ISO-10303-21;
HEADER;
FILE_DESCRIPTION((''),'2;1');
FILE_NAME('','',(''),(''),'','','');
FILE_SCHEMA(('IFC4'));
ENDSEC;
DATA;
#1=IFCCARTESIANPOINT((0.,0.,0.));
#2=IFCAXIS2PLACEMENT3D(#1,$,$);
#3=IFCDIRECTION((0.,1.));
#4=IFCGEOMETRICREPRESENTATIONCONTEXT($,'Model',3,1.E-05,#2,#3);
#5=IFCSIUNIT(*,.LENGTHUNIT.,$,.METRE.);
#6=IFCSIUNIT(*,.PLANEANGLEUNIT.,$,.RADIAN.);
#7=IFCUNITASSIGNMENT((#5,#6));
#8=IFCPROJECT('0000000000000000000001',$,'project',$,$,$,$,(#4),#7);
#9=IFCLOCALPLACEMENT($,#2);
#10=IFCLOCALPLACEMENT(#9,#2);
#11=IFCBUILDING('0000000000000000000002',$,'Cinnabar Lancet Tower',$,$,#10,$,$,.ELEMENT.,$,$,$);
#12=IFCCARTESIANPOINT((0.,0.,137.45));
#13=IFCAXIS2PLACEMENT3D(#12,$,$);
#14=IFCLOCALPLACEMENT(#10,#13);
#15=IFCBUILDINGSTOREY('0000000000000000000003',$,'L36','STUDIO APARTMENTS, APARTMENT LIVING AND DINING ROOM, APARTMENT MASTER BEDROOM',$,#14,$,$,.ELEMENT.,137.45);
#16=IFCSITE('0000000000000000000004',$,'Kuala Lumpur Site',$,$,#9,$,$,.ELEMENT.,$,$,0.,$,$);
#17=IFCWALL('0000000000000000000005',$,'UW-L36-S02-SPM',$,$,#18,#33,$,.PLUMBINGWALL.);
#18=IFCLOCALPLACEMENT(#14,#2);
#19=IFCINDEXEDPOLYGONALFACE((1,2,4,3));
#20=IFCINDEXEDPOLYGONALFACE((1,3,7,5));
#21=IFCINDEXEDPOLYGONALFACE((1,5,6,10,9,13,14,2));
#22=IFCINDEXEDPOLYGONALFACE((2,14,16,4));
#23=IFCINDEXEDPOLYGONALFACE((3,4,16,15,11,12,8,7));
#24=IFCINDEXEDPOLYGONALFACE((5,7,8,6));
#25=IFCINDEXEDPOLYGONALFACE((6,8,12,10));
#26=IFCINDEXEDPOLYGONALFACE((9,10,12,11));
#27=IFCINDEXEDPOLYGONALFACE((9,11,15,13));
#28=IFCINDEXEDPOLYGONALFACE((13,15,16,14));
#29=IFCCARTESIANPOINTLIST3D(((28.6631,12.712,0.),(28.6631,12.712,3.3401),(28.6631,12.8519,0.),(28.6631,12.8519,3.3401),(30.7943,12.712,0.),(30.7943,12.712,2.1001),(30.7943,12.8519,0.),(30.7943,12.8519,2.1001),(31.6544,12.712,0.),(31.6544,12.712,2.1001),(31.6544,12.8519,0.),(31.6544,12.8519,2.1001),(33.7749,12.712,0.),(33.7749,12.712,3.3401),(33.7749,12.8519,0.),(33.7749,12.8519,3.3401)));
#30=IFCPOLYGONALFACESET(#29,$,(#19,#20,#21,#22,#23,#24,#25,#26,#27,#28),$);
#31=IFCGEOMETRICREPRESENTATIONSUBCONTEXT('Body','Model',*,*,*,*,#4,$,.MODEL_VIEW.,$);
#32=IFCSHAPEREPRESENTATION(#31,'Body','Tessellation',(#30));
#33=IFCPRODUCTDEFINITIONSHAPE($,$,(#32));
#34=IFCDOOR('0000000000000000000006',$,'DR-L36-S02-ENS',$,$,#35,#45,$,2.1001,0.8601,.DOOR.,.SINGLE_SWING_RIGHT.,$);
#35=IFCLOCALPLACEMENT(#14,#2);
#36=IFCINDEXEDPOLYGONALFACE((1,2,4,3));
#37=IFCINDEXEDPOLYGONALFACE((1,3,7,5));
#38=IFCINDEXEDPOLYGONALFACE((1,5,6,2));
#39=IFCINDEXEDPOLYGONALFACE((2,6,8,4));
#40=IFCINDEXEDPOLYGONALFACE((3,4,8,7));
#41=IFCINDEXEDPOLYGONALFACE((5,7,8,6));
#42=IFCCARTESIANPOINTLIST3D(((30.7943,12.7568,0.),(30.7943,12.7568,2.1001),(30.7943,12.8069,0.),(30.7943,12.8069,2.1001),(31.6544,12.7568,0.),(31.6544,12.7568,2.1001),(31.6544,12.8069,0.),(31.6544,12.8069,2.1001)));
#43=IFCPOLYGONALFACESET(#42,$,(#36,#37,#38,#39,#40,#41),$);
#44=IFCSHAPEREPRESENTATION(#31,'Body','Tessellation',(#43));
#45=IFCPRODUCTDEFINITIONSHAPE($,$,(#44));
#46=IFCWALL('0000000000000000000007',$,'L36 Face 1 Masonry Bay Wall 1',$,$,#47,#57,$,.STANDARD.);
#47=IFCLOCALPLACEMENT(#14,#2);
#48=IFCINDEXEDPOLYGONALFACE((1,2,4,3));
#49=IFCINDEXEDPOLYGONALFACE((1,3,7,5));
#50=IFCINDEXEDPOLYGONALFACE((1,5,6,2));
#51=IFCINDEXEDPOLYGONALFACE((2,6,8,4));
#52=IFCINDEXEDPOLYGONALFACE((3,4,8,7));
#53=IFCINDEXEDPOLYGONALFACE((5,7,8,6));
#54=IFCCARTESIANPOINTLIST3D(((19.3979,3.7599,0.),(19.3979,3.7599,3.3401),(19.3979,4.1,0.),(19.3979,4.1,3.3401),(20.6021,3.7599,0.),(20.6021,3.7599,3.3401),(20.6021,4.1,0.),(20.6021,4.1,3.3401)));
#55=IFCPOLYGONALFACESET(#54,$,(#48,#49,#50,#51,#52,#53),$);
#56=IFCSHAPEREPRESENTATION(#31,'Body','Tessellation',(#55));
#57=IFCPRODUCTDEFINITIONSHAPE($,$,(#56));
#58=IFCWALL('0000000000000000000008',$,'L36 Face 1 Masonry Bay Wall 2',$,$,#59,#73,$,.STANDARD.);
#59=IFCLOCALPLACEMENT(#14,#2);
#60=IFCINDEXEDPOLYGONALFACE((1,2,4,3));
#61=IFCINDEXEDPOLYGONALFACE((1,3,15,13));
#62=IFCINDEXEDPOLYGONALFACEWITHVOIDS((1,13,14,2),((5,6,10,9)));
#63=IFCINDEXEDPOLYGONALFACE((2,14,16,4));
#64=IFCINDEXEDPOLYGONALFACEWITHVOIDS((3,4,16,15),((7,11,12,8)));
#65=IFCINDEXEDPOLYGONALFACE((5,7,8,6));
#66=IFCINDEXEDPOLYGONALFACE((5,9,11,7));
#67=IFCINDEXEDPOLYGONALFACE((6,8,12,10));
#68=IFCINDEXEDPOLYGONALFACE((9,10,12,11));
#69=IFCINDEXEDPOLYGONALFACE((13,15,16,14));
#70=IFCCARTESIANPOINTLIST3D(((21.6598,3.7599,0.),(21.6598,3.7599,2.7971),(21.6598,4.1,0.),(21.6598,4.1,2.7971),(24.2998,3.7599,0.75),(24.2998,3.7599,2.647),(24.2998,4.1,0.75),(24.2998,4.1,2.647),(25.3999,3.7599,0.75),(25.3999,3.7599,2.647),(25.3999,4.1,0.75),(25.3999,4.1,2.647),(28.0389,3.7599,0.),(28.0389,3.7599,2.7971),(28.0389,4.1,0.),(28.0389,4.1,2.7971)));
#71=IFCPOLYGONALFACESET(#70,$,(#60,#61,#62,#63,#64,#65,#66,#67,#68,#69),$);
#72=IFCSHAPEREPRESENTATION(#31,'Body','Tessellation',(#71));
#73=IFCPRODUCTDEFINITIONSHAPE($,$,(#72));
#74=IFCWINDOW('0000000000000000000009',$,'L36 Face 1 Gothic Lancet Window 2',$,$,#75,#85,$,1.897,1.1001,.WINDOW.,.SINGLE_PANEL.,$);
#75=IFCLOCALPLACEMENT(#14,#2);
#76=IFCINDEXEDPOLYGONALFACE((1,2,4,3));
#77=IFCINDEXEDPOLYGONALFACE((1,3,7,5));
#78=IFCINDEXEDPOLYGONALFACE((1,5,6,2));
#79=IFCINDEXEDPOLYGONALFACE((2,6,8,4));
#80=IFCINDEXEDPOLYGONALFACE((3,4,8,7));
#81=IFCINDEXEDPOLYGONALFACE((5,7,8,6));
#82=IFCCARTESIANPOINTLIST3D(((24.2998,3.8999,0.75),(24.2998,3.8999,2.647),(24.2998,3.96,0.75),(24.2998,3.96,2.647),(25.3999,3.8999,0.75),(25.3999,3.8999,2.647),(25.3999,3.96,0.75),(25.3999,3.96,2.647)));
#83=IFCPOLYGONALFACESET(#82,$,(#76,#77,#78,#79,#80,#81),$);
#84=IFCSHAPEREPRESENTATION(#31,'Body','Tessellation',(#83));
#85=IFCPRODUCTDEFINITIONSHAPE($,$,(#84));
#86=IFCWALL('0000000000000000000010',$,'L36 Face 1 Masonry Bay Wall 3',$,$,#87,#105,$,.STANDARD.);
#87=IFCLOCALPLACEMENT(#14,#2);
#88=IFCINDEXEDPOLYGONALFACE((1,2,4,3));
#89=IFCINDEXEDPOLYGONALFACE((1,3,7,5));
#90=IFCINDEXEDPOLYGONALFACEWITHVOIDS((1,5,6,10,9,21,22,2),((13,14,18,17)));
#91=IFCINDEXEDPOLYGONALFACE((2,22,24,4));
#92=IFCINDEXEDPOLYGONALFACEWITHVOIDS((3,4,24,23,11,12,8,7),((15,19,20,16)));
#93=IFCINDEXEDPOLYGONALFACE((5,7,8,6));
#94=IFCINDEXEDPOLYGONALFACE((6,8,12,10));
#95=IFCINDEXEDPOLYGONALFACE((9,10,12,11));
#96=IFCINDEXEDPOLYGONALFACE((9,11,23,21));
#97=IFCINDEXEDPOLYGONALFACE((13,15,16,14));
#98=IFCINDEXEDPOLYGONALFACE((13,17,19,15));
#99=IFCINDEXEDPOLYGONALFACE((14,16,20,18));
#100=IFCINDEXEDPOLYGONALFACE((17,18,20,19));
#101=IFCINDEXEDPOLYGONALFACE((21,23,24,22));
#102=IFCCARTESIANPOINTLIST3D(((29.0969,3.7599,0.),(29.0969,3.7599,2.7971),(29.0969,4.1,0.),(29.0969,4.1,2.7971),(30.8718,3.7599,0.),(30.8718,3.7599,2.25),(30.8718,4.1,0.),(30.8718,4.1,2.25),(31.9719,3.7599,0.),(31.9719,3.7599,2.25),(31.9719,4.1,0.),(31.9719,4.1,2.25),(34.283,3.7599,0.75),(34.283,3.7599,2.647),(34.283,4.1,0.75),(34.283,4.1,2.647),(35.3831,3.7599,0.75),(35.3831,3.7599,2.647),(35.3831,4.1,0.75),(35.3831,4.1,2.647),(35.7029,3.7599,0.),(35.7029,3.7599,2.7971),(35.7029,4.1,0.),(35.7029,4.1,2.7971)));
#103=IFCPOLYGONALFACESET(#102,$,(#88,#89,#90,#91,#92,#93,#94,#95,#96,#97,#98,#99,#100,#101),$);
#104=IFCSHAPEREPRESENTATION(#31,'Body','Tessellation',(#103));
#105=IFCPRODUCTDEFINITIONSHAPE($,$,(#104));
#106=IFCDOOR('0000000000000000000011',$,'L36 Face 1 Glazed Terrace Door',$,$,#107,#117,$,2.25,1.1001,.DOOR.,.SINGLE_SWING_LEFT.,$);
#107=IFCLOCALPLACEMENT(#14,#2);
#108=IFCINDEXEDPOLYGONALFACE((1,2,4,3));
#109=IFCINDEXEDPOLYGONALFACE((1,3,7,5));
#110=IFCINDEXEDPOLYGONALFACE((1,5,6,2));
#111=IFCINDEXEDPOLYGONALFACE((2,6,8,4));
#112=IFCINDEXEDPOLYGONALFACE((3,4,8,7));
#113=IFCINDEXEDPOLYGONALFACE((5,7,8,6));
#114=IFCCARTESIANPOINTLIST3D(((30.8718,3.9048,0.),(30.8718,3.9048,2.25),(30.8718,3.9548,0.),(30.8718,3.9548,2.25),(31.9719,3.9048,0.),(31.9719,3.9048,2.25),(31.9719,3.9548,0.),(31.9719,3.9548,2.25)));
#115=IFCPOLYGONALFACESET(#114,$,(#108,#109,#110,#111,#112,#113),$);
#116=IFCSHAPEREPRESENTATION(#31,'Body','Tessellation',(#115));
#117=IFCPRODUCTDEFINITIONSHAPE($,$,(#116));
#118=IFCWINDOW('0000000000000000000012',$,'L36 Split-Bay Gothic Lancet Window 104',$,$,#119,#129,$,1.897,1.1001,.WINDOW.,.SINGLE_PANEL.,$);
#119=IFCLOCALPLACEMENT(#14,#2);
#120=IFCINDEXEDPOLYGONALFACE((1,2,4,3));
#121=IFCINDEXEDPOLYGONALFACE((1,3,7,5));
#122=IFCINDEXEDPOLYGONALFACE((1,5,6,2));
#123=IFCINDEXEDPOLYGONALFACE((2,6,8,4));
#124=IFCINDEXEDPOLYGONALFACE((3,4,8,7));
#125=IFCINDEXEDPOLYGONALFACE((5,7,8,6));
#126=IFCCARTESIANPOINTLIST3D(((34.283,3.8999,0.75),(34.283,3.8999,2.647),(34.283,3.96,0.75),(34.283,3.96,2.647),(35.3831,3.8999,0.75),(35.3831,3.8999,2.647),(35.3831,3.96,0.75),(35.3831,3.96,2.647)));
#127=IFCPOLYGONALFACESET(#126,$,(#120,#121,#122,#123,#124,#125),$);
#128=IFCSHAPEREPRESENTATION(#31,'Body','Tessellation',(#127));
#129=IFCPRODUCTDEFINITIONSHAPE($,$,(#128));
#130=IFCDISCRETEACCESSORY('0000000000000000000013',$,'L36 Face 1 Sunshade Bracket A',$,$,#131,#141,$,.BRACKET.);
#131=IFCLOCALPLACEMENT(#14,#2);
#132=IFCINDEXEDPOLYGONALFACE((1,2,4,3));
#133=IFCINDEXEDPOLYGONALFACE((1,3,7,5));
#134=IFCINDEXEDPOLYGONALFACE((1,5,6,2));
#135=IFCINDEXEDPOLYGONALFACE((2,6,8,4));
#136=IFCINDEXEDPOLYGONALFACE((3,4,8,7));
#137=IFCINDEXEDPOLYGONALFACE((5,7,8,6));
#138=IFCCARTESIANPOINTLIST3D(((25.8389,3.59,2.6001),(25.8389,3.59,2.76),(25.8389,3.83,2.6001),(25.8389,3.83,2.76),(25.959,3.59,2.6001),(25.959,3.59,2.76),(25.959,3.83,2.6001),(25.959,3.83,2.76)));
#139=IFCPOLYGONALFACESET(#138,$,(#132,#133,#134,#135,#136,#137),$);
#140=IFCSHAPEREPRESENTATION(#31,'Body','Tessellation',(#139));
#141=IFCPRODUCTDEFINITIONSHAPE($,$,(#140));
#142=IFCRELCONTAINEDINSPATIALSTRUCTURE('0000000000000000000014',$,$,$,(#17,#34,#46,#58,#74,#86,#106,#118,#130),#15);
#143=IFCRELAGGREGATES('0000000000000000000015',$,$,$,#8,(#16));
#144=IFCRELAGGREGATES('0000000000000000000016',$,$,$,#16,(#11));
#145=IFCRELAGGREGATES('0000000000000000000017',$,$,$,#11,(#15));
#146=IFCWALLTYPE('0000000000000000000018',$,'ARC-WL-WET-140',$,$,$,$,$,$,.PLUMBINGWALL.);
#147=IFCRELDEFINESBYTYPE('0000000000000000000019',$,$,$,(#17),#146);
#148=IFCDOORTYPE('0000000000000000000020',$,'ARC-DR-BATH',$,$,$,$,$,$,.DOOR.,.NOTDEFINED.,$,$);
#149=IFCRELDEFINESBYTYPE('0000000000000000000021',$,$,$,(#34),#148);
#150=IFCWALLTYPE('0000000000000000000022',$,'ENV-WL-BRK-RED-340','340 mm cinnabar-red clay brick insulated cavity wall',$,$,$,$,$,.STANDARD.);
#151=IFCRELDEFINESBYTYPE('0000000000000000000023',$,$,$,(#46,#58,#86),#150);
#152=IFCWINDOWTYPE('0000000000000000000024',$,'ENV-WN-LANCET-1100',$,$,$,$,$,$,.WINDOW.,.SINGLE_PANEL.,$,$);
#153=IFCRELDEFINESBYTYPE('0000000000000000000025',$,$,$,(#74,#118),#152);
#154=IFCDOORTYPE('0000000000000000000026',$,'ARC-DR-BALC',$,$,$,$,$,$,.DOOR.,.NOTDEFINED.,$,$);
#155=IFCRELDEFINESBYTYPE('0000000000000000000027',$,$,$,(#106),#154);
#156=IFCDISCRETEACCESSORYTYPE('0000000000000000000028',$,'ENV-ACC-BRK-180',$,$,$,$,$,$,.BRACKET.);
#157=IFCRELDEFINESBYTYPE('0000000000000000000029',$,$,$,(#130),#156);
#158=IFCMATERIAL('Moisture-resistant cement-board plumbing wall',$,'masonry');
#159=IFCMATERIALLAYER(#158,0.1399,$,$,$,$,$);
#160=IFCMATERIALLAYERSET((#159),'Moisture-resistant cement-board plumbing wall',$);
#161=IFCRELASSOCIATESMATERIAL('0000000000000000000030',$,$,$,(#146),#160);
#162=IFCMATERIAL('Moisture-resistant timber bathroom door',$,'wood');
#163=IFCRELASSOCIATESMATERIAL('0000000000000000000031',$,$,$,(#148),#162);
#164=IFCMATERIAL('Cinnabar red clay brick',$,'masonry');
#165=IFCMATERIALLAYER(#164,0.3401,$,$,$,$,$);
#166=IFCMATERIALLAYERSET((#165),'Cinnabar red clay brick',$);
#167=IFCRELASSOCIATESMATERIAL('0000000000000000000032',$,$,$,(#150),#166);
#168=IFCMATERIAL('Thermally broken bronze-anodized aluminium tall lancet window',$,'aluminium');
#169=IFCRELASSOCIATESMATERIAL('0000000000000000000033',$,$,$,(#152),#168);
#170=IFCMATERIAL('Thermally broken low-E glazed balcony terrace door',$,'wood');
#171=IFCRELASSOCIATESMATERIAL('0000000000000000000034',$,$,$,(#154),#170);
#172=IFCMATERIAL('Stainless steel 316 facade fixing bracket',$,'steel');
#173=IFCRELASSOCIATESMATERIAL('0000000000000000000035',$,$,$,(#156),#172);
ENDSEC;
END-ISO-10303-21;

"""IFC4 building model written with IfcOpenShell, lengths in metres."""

from ifc_helpers import new_model, si_unit, direction, frame, frame_2d, origin, origin_2d, place, context, subcontext, project, spatial, rectangle, extrude, material, layer, layer_set, type_object, element, fill, save


model = new_model("IFC4")

# Units and contexts
model_context = context("Model", 3, precision=1e-05, world=origin(), true_north=direction((0.0, 1.0)))
body_context = subcontext(model_context, "Body", "Model", "MODEL_VIEW")
ifc_project = project(units=[si_unit("LENGTHUNIT", "METRE"), si_unit("PLANEANGLEUNIT", "RADIAN")], contexts=[model_context])

# Site, building, storey
site_placement = place(None, origin())
site = spatial("IfcSite", under=ifc_project, at=site_placement, Name="Kuala Lumpur Site", CompositionType="ELEMENT", RefElevation=0.0)
building_placement = place(site_placement, origin())
building = spatial("IfcBuilding", under=site, at=building_placement, Name="Cinnabar Lancet Tower", CompositionType="ELEMENT")
storey_placement = place(building_placement, frame((0.0, 0.0, 137.45)))
storey = spatial("IfcBuildingStorey", under=building, at=storey_placement, Name="L36", Description="STUDIO APARTMENTS, APARTMENT LIVING AND DINING ROOM, APARTMENT MASTER BEDROOM", CompositionType="ELEMENT", Elevation=137.45)

# Shared definitions
ifc_material_1 = material(Name="Moisture-resistant cement-board plumbing wall", Category="masonry")
ifc_layer_1 = layer(ifc_material_1, 0.1399)
ifc_layer_set_1 = layer_set([ifc_layer_1], Name="Moisture-resistant cement-board plumbing wall")
wall_type_1 = type_object("IfcWallType", Name="ARC-WL-WET-140", PredefinedType="PLUMBINGWALL", material=ifc_layer_set_1)
ifc_material_2 = material(Name="Moisture-resistant timber bathroom door", Category="wood")
door_type_1 = type_object("IfcDoorType", Name="ARC-DR-BATH", OperationType="NOTDEFINED", PredefinedType="DOOR", material=ifc_material_2)

# Wall, opening, door
wall_1_placement = place(storey_placement, frame((28.6631, 12.782, 0.0), z_axis=(0.0, 0.0, 1.0), x_axis=(1.0, 0.0, 0.0)))
wall_1 = element("IfcWall", 1, at=wall_1_placement, inside=storey, type_object=wall_type_1, Name="UW-L36-S02-SPM", PredefinedType="PLUMBINGWALL", context=body_context, shape_type="SweptSolid", body=[
    extrude(rectangle(XDim=5.1118, YDim=0.1399, at=frame_2d((2.5559, 0.0))), origin(), (0.0, 0.0, 1.0), 3.3401),
])
opening_1_placement = place(wall_1_placement, frame((2.1311, 0.0, 0.0)))
opening_1 = element("IfcOpeningElement", 2, at=opening_1_placement, cuts=wall_1, PredefinedType="OPENING", context=body_context, shape_type="SweptSolid", body=[
    extrude(rectangle(XDim=0.8601, YDim=2.1001, at=frame_2d((0.4302, 1.05))), frame((0.0, 0.0798, 0.0), z_axis=(0.0, -1.0, 0.0), x_axis=(1.0, 0.0, 0.0)), (0.0, 0.0, 1.0), 0.1599),
])
door_1_placement = place(opening_1_placement, origin())
door_1 = element("IfcDoor", 3, at=door_1_placement, inside=storey, type_object=door_type_1, Name="DR-L36-S02-ENS", OperationType="SINGLE_SWING_RIGHT", OverallHeight=2.1001, OverallWidth=0.8601, PredefinedType="DOOR", context=body_context, shape_type="SweptSolid", body=[
    extrude(rectangle(XDim=0.8601, YDim=2.1001, at=frame_2d((0.4302, 1.05))), frame((0.0, 0.0249, 0.0), z_axis=(0.0, -1.0, 0.0), x_axis=(1.0, 0.0, 0.0)), (0.0, 0.0, 1.0), 0.05),
])
fill(opening_1, door_1)

# Wall
ifc_material_3 = material(Name="Cinnabar red clay brick", Category="masonry")
ifc_layer_2 = layer(ifc_material_3, 0.3401)
ifc_layer_set_2 = layer_set([ifc_layer_2], Name="Cinnabar red clay brick")
wall_type_2 = type_object("IfcWallType", Name="ENV-WL-BRK-RED-340", Description="340 mm cinnabar-red clay brick insulated cavity wall", PredefinedType="STANDARD", material=ifc_layer_set_2)
wall_2_placement = place(storey_placement, frame((19.3979, 3.9299, 0.0), z_axis=(0.0, 0.0, 1.0), x_axis=(1.0, 0.0, 0.0)))
element("IfcWall", 4, at=wall_2_placement, inside=storey, type_object=wall_type_2, Name="L36 Face 1 Masonry Bay Wall 1", PredefinedType="STANDARD", context=body_context, shape_type="SweptSolid", body=[
    extrude(rectangle(XDim=1.2041, YDim=0.3401, at=frame_2d((0.6021, 0.0))), origin(), (0.0, 0.0, 1.0), 3.3401),
])

# Wall, opening, window
wall_3_placement = place(storey_placement, frame((21.6599, 3.9299, 0.0), z_axis=(0.0, 0.0, 1.0), x_axis=(1.0, 0.0, 0.0)))
wall_3 = element("IfcWall", 5, at=wall_3_placement, inside=storey, type_object=wall_type_2, Name="L36 Face 1 Masonry Bay Wall 2", PredefinedType="STANDARD", context=body_context, shape_type="SweptSolid", body=[
    extrude(rectangle(XDim=6.3792, YDim=0.3401, at=frame_2d((3.1895, 0.0))), origin(), (0.0, 0.0, 1.0), 2.7971),
])
opening_2_placement = place(wall_3_placement, frame((2.6399, 0.0, 0.75)))
opening_2 = element("IfcOpeningElement", 6, at=opening_2_placement, cuts=wall_3, PredefinedType="OPENING", context=body_context, shape_type="SweptSolid", body=[
    extrude(rectangle(XDim=1.1001, YDim=1.897, at=frame_2d((0.55, 0.9485))), frame((0.0, 0.1799, 0.0), z_axis=(0.0, -1.0, 0.0), x_axis=(1.0, 0.0, 0.0)), (0.0, 0.0, 1.0), 0.3601),
])
ifc_material_4 = material(Name="Thermally broken bronze-anodized aluminium tall lancet window", Category="aluminium")
window_type = type_object("IfcWindowType", Name="ENV-WN-LANCET-1100", PartitioningType="SINGLE_PANEL", PredefinedType="WINDOW", material=ifc_material_4)
window_1_placement = place(opening_2_placement, origin())
window_1 = element("IfcWindow", 7, at=window_1_placement, inside=storey, type_object=window_type, Name="L36 Face 1 Gothic Lancet Window 2", OverallHeight=1.897, OverallWidth=1.1001, PartitioningType="SINGLE_PANEL", PredefinedType="WINDOW", context=body_context, shape_type="SweptSolid", body=[
    extrude(rectangle(XDim=1.1001, YDim=1.897, at=frame_2d((0.55, 0.9485))), frame((0.0, 0.03, 0.0), z_axis=(0.0, -1.0, 0.0), x_axis=(1.0, 0.0, 0.0)), (0.0, 0.0, 1.0), 0.0601),
])
fill(opening_2, window_1)

# Wall, openings, door, window
wall_4_placement = place(storey_placement, frame((29.0969, 3.9299, 0.0), z_axis=(0.0, 0.0, 1.0), x_axis=(1.0, 0.0, 0.0)))
wall_4 = element("IfcWall", 8, at=wall_4_placement, inside=storey, type_object=wall_type_2, Name="L36 Face 1 Masonry Bay Wall 3", PredefinedType="STANDARD", context=body_context, shape_type="SweptSolid", body=[
    extrude(rectangle(XDim=6.606, YDim=0.3401, at=frame_2d((3.303, 0.0))), origin(), (0.0, 0.0, 1.0), 2.7971),
])
opening_3_placement = place(wall_4_placement, frame((1.7749, 0.0, 0.0)))
opening_3 = element("IfcOpeningElement", 9, at=opening_3_placement, cuts=wall_4, PredefinedType="OPENING", context=body_context, shape_type="SweptSolid", body=[
    extrude(rectangle(XDim=1.1001, YDim=2.25, at=frame_2d((0.55, 1.125))), frame((0.0, 0.1799, 0.0), z_axis=(0.0, -1.0, 0.0), x_axis=(1.0, 0.0, 0.0)), (0.0, 0.0, 1.0), 0.3601),
])
opening_4_placement = place(wall_4_placement, frame((5.186, 0.0, 0.75)))
opening_4 = element("IfcOpeningElement", 10, at=opening_4_placement, cuts=wall_4, PredefinedType="OPENING", context=body_context, shape_type="SweptSolid", body=[
    extrude(rectangle(XDim=1.1001, YDim=1.897, at=frame_2d((0.55, 0.9485))), frame((0.0, 0.1799, 0.0), z_axis=(0.0, -1.0, 0.0), x_axis=(1.0, 0.0, 0.0)), (0.0, 0.0, 1.0), 0.3601),
])
ifc_material_5 = material(Name="Thermally broken low-E glazed balcony terrace door", Category="wood")
door_type_2 = type_object("IfcDoorType", Name="ARC-DR-BALC", OperationType="NOTDEFINED", PredefinedType="DOOR", material=ifc_material_5)
door_2_placement = place(opening_3_placement, origin())
door_2 = element("IfcDoor", 11, at=door_2_placement, inside=storey, type_object=door_type_2, Name="L36 Face 1 Glazed Terrace Door", OperationType="SINGLE_SWING_LEFT", OverallHeight=2.25, OverallWidth=1.1001, PredefinedType="DOOR", context=body_context, shape_type="SweptSolid", body=[
    extrude(rectangle(XDim=1.1001, YDim=2.25, at=frame_2d((0.55, 1.125))), frame((0.0, 0.0249, 0.0), z_axis=(0.0, -1.0, 0.0), x_axis=(1.0, 0.0, 0.0)), (0.0, 0.0, 1.0), 0.05),
])
fill(opening_3, door_2)
window_2_placement = place(opening_4_placement, origin())
window_2 = element("IfcWindow", 12, at=window_2_placement, inside=storey, type_object=window_type, Name="L36 Split-Bay Gothic Lancet Window 104", OverallHeight=1.897, OverallWidth=1.1001, PartitioningType="SINGLE_PANEL", PredefinedType="WINDOW", context=body_context, shape_type="SweptSolid", body=[
    extrude(rectangle(XDim=1.1001, YDim=1.897, at=frame_2d((0.55, 0.9485))), frame((0.0, 0.03, 0.0), z_axis=(0.0, -1.0, 0.0), x_axis=(1.0, 0.0, 0.0)), (0.0, 0.0, 1.0), 0.0601),
])
fill(opening_4, window_2)

# Discrete accessory
ifc_material_6 = material(Name="Stainless steel 316 facade fixing bracket", Category="steel")
discrete_accessory_type = type_object("IfcDiscreteAccessoryType", Name="ENV-ACC-BRK-180", PredefinedType="BRACKET", material=ifc_material_6)
discrete_accessory_placement = place(storey_placement, frame((25.8989, 3.71, 2.6001), z_axis=(0.0, 0.0, 1.0), x_axis=(1.0, 0.0, 0.0)))
element("IfcDiscreteAccessory", 13, at=discrete_accessory_placement, inside=storey, type_object=discrete_accessory_type, Name="L36 Face 1 Sunshade Bracket A", PredefinedType="BRACKET", context=body_context, shape_type="SweptSolid", body=[
    extrude(rectangle(XDim=0.1201, YDim=0.24, at=origin_2d()), origin(), (0.0, 0.0, 1.0), 0.1599),
])

save(model, "model.ifc")
